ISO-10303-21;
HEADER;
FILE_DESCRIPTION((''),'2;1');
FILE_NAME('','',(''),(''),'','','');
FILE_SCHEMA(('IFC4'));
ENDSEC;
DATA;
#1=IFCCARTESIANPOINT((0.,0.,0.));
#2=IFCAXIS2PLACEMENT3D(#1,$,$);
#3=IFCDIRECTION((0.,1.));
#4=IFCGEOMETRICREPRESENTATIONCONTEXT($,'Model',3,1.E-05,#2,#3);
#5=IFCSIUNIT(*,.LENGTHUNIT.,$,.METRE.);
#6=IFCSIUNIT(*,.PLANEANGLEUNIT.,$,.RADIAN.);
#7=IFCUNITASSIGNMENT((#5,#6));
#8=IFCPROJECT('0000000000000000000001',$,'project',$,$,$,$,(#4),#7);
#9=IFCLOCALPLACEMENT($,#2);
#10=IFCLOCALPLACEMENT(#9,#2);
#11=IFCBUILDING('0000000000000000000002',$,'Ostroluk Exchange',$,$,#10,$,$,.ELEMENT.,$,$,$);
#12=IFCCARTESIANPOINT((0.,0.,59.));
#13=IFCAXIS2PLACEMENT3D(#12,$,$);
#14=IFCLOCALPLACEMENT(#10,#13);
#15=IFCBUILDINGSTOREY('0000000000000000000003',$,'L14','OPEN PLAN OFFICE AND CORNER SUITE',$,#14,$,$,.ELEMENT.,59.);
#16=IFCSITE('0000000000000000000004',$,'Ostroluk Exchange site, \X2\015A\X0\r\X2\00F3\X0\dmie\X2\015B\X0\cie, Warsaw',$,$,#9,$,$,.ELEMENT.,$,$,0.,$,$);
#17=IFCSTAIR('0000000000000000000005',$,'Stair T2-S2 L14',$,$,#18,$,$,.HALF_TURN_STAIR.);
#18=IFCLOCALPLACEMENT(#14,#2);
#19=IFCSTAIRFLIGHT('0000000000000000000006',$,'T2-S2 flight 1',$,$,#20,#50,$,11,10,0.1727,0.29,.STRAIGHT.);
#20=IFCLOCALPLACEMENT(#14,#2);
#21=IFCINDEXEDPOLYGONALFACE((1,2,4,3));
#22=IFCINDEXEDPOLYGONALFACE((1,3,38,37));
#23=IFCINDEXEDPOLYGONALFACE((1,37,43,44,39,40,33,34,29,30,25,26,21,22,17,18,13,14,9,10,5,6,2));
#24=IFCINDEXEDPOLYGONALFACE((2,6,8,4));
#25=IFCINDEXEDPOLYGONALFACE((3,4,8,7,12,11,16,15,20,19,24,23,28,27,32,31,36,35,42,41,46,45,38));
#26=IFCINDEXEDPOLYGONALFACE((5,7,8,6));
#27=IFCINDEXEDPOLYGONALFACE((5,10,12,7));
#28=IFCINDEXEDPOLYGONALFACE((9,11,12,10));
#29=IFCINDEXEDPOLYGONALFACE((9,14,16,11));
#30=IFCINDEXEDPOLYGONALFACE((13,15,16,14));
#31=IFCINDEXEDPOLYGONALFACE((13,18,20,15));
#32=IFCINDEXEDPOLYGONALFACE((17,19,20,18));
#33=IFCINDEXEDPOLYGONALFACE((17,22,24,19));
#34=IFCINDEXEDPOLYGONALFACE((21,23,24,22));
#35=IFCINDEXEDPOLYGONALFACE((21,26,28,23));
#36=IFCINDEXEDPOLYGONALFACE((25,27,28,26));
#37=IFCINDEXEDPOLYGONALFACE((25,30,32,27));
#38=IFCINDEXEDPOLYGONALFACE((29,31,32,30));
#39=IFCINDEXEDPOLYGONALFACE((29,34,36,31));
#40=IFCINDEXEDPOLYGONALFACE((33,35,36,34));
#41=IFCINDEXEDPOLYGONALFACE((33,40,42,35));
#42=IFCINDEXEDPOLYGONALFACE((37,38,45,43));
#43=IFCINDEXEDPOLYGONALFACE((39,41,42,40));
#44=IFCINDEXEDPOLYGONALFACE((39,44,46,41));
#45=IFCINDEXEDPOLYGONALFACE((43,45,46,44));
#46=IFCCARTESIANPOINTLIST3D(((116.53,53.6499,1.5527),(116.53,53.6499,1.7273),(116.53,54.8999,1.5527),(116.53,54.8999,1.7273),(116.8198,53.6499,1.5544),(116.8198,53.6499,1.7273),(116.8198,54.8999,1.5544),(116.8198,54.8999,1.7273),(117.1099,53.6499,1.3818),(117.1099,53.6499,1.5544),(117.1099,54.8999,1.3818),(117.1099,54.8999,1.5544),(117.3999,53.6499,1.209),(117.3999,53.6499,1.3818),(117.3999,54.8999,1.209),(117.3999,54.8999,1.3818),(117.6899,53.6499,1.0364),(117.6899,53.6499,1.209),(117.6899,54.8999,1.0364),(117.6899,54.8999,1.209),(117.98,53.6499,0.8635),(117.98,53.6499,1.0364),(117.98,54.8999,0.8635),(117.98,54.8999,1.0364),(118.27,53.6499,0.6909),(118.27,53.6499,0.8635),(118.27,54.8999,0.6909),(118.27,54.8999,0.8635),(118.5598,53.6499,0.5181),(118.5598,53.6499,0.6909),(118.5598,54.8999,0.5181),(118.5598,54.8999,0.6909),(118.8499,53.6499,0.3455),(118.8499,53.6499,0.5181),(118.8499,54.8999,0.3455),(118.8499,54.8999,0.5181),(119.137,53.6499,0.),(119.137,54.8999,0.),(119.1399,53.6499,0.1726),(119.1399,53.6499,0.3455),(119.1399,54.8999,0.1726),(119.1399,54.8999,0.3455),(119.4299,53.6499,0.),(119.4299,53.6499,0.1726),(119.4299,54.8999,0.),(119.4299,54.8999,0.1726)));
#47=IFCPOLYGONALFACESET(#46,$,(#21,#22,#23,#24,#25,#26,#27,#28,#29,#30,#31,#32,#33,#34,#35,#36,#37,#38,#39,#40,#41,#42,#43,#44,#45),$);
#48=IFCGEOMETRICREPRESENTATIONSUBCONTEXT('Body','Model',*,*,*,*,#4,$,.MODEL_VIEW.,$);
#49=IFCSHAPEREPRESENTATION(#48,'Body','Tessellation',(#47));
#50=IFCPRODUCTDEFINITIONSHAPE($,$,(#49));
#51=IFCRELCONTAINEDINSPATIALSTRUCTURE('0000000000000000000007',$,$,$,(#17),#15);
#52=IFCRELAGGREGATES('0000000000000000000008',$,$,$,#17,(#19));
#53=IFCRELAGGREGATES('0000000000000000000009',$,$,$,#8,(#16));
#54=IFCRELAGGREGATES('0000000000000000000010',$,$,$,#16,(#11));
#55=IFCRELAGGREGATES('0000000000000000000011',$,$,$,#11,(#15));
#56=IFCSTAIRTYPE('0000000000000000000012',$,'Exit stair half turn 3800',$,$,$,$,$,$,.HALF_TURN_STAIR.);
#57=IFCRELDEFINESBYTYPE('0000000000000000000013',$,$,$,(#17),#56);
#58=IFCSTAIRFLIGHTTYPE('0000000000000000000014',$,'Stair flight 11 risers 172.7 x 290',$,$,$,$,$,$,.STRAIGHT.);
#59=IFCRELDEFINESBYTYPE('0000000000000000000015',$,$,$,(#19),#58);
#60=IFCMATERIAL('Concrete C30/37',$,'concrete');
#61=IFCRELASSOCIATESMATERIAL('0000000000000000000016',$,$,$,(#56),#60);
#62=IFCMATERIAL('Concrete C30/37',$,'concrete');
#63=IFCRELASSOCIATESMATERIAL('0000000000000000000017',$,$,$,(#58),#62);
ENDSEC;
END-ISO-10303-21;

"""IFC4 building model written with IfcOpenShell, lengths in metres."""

from ifc_helpers import new_model, si_unit, direction, frame, origin, place, context, subcontext, project, spatial, polyline, outline, extrude, material, type_object, element, aggregate, save


model = new_model("IFC4")

# Units and contexts
model_context = context("Model", 3, precision=1e-05, world=origin(), true_north=direction((0.0, 1.0)))
body_context = subcontext(model_context, "Body", "Model", "MODEL_VIEW")
ifc_project = project(units=[si_unit("LENGTHUNIT", "METRE"), si_unit("PLANEANGLEUNIT", "RADIAN")], contexts=[model_context])

# Site, building, storey
site_placement = place(None, origin())
site = spatial("IfcSite", under=ifc_project, at=site_placement, Name="Ostroluk Exchange site, Śródmieście, Warsaw", CompositionType="ELEMENT", RefElevation=0.0)
building_placement = place(site_placement, origin())
building = spatial("IfcBuilding", under=site, at=building_placement, Name="Ostroluk Exchange", CompositionType="ELEMENT")
storey_placement = place(building_placement, frame((0.0, 0.0, 59.0)))
storey = spatial("IfcBuildingStorey", under=building, at=storey_placement, Name="L14", Description="OPEN PLAN OFFICE AND CORNER SUITE", CompositionType="ELEMENT", Elevation=59.0)

# Stair, stair flight
ifc_material_1 = material(Name="Concrete C30/37", Category="concrete")
stair_type = type_object("IfcStairType", Name="Exit stair half turn 3800", PredefinedType="HALF_TURN_STAIR", material=ifc_material_1)
stair_placement = place(storey_placement, origin())
stair = element("IfcStair", 1, at=stair_placement, inside=storey, type_object=stair_type, Name="Stair T2-S2 L14", PredefinedType="HALF_TURN_STAIR")
ifc_material_2 = material(Name="Concrete C30/37", Category="concrete")
stair_flight_type = type_object("IfcStairFlightType", Name="Stair flight 11 risers 172.7 x 290", PredefinedType="STRAIGHT", material=ifc_material_2)
stair_flight_placement = place(storey_placement, frame((119.4299, 54.2749, 0.0), z_axis=(0.0, 0.0, 1.0), x_axis=(-1.0, 0.0, 0.0)))
stair_flight = element("IfcStairFlight", 2, at=stair_flight_placement, type_object=stair_flight_type, Name="T2-S2 flight 1", NumberOfRisers=11, NumberOfTreads=10, PredefinedType="STRAIGHT", RiserHeight=0.1727, TreadLength=0.29, context=body_context, shape_type="SweptSolid", body=[
    extrude(outline(polyline([(0.0, 0.0), (0.0, 0.1726), (0.29, 0.1726), (0.29, 0.3455), (0.5801, 0.3455), (0.5801, 0.5181), (0.8701, 0.5181), (0.8701, 0.6909), (1.1599, 0.6909), (1.1599, 0.8635), (1.45, 0.8635), (1.45, 1.0364), (1.74, 1.0364), (1.74, 1.209), (2.03, 1.209), (2.03, 1.3818), (2.3201, 1.3818), (2.3201, 1.5544), (2.6101, 1.5544), (2.6101, 1.7273), (2.8999, 1.7273), (2.8999, 1.8999), (2.8999, 1.5527), (0.293, 0.0), (0.0, 0.0)])), frame((0.0, 0.625, 0.0), z_axis=(0.0, -1.0, 0.0), x_axis=(1.0, 0.0, 0.0)), (0.0, 0.0, 1.0), 1.25),
])
aggregate(stair, [stair_flight])

save(model, "model.ifc")
